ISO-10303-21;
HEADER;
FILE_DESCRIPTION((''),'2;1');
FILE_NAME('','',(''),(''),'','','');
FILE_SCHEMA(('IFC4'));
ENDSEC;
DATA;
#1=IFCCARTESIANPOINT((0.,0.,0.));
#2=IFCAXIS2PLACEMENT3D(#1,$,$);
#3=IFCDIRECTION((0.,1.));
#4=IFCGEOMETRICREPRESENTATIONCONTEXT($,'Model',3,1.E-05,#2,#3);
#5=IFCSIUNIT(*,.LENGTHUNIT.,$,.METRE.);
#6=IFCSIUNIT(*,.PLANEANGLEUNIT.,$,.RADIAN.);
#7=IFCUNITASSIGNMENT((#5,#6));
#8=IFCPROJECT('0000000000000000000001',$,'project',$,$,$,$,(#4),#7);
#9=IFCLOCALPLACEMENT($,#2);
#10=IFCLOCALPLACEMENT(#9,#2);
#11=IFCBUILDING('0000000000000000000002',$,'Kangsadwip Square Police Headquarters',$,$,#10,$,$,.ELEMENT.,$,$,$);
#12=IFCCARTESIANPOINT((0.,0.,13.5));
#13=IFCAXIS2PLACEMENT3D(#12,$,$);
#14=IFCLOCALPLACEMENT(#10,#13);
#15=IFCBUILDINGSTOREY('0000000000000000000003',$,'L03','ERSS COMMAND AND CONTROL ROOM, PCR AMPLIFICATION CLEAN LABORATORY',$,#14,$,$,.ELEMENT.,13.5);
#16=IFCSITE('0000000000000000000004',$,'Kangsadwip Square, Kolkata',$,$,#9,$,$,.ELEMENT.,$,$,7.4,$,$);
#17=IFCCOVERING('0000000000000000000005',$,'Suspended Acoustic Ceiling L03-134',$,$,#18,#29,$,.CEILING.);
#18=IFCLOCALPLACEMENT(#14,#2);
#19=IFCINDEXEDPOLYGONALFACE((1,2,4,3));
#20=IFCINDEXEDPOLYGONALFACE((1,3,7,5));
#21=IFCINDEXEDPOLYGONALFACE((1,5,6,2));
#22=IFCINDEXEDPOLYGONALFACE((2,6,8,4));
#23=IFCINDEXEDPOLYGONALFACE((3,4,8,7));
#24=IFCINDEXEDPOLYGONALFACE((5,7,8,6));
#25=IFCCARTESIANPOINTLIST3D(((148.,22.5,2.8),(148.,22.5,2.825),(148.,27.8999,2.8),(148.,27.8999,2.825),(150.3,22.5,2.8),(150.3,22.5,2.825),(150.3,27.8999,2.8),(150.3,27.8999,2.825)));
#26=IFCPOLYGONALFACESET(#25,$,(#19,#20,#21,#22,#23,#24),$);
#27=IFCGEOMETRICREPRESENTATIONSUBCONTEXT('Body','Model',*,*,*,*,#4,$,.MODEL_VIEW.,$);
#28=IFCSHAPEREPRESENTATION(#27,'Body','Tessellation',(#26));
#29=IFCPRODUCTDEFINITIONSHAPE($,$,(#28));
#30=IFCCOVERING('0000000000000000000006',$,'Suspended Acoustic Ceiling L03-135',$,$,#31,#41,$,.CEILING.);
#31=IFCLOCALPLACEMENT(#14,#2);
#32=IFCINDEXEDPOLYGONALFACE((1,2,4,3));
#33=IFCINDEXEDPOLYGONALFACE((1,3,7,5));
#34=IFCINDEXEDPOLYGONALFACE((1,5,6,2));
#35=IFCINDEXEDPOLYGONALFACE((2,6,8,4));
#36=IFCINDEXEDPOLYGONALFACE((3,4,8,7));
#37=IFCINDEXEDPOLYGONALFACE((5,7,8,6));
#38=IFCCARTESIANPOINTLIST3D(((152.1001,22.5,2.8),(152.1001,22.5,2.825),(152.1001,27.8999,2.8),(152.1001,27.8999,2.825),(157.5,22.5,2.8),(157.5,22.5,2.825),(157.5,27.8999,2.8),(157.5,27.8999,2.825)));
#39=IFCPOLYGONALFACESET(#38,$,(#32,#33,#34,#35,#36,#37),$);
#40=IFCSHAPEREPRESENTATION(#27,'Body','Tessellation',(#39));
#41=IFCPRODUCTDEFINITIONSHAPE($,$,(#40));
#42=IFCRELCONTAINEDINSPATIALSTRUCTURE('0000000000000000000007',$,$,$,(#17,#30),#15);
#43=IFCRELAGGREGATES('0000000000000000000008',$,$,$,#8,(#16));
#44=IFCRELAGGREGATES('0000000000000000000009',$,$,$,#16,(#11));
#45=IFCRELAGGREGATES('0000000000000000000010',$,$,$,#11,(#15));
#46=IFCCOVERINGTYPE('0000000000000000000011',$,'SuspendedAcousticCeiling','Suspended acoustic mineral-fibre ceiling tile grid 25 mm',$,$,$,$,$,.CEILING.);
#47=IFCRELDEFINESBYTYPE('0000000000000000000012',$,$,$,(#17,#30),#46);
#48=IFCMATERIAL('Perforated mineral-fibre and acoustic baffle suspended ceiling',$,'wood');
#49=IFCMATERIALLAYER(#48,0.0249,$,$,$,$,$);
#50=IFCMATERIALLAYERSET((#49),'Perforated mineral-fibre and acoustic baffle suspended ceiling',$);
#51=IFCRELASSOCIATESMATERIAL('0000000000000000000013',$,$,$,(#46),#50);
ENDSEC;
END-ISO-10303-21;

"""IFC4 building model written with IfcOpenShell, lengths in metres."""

from ifc_helpers import new_model, si_unit, direction, frame, origin, place, context, subcontext, project, spatial, polyline, outline, extrude, material, layer, layer_set, type_object, element, save


model = new_model("IFC4")

# Units and contexts
model_context = context("Model", 3, precision=1e-05, world=origin(), true_north=direction((0.0, 1.0)))
body_context = subcontext(model_context, "Body", "Model", "MODEL_VIEW")
ifc_project = project(units=[si_unit("LENGTHUNIT", "METRE"), si_unit("PLANEANGLEUNIT", "RADIAN")], contexts=[model_context])

# Site, building, storey
site_placement = place(None, origin())
site = spatial("IfcSite", under=ifc_project, at=site_placement, Name="Kangsadwip Square, Kolkata", CompositionType="ELEMENT", RefElevation=7.4)
building_placement = place(site_placement, origin())
building = spatial("IfcBuilding", under=site, at=building_placement, Name="Kangsadwip Square Police Headquarters", CompositionType="ELEMENT")
storey_placement = place(building_placement, frame((0.0, 0.0, 13.5)))
storey = spatial("IfcBuildingStorey", under=building, at=storey_placement, Name="L03", Description="ERSS COMMAND AND CONTROL ROOM, PCR AMPLIFICATION CLEAN LABORATORY", CompositionType="ELEMENT", Elevation=13.5)

# Coverings
ifc_material_1 = material(Name="Perforated mineral-fibre and acoustic baffle suspended ceiling", Category="wood")
ifc_layer_1 = layer(ifc_material_1, 0.0249)
ifc_layer_set_1 = layer_set([ifc_layer_1], Name="Perforated mineral-fibre and acoustic baffle suspended ceiling")
covering_type_1 = type_object("IfcCoveringType", Name="SuspendedAcousticCeiling", Description="Suspended acoustic mineral-fibre ceiling tile grid 25 mm", PredefinedType="CEILING", material=ifc_layer_set_1)
covering_1_placement = place(storey_placement, frame((0.0, 0.0, 2.8)))
element("IfcCovering", 1, at=covering_1_placement, inside=storey, type_object=covering_type_1, Name="Suspended Acoustic Ceiling L03-134", PredefinedType="CEILING", context=body_context, shape_type="SweptSolid", body=[
    extrude(outline(polyline([(148.0, 22.5), (150.3, 22.5), (150.3, 27.8999), (148.0, 27.8999), (148.0, 22.5)])), origin(), (0.0, 0.0, 1.0), 0.0249),
])
covering_2_placement = place(storey_placement, frame((0.0, 0.0, 2.8)))
element("IfcCovering", 2, at=covering_2_placement, inside=storey, type_object=covering_type_1, Name="Suspended Acoustic Ceiling L03-135", PredefinedType="CEILING", context=body_context, shape_type="SweptSolid", body=[
    extrude(outline(polyline([(152.1001, 22.5), (157.5, 22.5), (157.5, 27.8999), (152.1001, 27.8999), (152.1001, 22.5)])), origin(), (0.0, 0.0, 1.0), 0.0249),
])

save(model, "model.ifc")
